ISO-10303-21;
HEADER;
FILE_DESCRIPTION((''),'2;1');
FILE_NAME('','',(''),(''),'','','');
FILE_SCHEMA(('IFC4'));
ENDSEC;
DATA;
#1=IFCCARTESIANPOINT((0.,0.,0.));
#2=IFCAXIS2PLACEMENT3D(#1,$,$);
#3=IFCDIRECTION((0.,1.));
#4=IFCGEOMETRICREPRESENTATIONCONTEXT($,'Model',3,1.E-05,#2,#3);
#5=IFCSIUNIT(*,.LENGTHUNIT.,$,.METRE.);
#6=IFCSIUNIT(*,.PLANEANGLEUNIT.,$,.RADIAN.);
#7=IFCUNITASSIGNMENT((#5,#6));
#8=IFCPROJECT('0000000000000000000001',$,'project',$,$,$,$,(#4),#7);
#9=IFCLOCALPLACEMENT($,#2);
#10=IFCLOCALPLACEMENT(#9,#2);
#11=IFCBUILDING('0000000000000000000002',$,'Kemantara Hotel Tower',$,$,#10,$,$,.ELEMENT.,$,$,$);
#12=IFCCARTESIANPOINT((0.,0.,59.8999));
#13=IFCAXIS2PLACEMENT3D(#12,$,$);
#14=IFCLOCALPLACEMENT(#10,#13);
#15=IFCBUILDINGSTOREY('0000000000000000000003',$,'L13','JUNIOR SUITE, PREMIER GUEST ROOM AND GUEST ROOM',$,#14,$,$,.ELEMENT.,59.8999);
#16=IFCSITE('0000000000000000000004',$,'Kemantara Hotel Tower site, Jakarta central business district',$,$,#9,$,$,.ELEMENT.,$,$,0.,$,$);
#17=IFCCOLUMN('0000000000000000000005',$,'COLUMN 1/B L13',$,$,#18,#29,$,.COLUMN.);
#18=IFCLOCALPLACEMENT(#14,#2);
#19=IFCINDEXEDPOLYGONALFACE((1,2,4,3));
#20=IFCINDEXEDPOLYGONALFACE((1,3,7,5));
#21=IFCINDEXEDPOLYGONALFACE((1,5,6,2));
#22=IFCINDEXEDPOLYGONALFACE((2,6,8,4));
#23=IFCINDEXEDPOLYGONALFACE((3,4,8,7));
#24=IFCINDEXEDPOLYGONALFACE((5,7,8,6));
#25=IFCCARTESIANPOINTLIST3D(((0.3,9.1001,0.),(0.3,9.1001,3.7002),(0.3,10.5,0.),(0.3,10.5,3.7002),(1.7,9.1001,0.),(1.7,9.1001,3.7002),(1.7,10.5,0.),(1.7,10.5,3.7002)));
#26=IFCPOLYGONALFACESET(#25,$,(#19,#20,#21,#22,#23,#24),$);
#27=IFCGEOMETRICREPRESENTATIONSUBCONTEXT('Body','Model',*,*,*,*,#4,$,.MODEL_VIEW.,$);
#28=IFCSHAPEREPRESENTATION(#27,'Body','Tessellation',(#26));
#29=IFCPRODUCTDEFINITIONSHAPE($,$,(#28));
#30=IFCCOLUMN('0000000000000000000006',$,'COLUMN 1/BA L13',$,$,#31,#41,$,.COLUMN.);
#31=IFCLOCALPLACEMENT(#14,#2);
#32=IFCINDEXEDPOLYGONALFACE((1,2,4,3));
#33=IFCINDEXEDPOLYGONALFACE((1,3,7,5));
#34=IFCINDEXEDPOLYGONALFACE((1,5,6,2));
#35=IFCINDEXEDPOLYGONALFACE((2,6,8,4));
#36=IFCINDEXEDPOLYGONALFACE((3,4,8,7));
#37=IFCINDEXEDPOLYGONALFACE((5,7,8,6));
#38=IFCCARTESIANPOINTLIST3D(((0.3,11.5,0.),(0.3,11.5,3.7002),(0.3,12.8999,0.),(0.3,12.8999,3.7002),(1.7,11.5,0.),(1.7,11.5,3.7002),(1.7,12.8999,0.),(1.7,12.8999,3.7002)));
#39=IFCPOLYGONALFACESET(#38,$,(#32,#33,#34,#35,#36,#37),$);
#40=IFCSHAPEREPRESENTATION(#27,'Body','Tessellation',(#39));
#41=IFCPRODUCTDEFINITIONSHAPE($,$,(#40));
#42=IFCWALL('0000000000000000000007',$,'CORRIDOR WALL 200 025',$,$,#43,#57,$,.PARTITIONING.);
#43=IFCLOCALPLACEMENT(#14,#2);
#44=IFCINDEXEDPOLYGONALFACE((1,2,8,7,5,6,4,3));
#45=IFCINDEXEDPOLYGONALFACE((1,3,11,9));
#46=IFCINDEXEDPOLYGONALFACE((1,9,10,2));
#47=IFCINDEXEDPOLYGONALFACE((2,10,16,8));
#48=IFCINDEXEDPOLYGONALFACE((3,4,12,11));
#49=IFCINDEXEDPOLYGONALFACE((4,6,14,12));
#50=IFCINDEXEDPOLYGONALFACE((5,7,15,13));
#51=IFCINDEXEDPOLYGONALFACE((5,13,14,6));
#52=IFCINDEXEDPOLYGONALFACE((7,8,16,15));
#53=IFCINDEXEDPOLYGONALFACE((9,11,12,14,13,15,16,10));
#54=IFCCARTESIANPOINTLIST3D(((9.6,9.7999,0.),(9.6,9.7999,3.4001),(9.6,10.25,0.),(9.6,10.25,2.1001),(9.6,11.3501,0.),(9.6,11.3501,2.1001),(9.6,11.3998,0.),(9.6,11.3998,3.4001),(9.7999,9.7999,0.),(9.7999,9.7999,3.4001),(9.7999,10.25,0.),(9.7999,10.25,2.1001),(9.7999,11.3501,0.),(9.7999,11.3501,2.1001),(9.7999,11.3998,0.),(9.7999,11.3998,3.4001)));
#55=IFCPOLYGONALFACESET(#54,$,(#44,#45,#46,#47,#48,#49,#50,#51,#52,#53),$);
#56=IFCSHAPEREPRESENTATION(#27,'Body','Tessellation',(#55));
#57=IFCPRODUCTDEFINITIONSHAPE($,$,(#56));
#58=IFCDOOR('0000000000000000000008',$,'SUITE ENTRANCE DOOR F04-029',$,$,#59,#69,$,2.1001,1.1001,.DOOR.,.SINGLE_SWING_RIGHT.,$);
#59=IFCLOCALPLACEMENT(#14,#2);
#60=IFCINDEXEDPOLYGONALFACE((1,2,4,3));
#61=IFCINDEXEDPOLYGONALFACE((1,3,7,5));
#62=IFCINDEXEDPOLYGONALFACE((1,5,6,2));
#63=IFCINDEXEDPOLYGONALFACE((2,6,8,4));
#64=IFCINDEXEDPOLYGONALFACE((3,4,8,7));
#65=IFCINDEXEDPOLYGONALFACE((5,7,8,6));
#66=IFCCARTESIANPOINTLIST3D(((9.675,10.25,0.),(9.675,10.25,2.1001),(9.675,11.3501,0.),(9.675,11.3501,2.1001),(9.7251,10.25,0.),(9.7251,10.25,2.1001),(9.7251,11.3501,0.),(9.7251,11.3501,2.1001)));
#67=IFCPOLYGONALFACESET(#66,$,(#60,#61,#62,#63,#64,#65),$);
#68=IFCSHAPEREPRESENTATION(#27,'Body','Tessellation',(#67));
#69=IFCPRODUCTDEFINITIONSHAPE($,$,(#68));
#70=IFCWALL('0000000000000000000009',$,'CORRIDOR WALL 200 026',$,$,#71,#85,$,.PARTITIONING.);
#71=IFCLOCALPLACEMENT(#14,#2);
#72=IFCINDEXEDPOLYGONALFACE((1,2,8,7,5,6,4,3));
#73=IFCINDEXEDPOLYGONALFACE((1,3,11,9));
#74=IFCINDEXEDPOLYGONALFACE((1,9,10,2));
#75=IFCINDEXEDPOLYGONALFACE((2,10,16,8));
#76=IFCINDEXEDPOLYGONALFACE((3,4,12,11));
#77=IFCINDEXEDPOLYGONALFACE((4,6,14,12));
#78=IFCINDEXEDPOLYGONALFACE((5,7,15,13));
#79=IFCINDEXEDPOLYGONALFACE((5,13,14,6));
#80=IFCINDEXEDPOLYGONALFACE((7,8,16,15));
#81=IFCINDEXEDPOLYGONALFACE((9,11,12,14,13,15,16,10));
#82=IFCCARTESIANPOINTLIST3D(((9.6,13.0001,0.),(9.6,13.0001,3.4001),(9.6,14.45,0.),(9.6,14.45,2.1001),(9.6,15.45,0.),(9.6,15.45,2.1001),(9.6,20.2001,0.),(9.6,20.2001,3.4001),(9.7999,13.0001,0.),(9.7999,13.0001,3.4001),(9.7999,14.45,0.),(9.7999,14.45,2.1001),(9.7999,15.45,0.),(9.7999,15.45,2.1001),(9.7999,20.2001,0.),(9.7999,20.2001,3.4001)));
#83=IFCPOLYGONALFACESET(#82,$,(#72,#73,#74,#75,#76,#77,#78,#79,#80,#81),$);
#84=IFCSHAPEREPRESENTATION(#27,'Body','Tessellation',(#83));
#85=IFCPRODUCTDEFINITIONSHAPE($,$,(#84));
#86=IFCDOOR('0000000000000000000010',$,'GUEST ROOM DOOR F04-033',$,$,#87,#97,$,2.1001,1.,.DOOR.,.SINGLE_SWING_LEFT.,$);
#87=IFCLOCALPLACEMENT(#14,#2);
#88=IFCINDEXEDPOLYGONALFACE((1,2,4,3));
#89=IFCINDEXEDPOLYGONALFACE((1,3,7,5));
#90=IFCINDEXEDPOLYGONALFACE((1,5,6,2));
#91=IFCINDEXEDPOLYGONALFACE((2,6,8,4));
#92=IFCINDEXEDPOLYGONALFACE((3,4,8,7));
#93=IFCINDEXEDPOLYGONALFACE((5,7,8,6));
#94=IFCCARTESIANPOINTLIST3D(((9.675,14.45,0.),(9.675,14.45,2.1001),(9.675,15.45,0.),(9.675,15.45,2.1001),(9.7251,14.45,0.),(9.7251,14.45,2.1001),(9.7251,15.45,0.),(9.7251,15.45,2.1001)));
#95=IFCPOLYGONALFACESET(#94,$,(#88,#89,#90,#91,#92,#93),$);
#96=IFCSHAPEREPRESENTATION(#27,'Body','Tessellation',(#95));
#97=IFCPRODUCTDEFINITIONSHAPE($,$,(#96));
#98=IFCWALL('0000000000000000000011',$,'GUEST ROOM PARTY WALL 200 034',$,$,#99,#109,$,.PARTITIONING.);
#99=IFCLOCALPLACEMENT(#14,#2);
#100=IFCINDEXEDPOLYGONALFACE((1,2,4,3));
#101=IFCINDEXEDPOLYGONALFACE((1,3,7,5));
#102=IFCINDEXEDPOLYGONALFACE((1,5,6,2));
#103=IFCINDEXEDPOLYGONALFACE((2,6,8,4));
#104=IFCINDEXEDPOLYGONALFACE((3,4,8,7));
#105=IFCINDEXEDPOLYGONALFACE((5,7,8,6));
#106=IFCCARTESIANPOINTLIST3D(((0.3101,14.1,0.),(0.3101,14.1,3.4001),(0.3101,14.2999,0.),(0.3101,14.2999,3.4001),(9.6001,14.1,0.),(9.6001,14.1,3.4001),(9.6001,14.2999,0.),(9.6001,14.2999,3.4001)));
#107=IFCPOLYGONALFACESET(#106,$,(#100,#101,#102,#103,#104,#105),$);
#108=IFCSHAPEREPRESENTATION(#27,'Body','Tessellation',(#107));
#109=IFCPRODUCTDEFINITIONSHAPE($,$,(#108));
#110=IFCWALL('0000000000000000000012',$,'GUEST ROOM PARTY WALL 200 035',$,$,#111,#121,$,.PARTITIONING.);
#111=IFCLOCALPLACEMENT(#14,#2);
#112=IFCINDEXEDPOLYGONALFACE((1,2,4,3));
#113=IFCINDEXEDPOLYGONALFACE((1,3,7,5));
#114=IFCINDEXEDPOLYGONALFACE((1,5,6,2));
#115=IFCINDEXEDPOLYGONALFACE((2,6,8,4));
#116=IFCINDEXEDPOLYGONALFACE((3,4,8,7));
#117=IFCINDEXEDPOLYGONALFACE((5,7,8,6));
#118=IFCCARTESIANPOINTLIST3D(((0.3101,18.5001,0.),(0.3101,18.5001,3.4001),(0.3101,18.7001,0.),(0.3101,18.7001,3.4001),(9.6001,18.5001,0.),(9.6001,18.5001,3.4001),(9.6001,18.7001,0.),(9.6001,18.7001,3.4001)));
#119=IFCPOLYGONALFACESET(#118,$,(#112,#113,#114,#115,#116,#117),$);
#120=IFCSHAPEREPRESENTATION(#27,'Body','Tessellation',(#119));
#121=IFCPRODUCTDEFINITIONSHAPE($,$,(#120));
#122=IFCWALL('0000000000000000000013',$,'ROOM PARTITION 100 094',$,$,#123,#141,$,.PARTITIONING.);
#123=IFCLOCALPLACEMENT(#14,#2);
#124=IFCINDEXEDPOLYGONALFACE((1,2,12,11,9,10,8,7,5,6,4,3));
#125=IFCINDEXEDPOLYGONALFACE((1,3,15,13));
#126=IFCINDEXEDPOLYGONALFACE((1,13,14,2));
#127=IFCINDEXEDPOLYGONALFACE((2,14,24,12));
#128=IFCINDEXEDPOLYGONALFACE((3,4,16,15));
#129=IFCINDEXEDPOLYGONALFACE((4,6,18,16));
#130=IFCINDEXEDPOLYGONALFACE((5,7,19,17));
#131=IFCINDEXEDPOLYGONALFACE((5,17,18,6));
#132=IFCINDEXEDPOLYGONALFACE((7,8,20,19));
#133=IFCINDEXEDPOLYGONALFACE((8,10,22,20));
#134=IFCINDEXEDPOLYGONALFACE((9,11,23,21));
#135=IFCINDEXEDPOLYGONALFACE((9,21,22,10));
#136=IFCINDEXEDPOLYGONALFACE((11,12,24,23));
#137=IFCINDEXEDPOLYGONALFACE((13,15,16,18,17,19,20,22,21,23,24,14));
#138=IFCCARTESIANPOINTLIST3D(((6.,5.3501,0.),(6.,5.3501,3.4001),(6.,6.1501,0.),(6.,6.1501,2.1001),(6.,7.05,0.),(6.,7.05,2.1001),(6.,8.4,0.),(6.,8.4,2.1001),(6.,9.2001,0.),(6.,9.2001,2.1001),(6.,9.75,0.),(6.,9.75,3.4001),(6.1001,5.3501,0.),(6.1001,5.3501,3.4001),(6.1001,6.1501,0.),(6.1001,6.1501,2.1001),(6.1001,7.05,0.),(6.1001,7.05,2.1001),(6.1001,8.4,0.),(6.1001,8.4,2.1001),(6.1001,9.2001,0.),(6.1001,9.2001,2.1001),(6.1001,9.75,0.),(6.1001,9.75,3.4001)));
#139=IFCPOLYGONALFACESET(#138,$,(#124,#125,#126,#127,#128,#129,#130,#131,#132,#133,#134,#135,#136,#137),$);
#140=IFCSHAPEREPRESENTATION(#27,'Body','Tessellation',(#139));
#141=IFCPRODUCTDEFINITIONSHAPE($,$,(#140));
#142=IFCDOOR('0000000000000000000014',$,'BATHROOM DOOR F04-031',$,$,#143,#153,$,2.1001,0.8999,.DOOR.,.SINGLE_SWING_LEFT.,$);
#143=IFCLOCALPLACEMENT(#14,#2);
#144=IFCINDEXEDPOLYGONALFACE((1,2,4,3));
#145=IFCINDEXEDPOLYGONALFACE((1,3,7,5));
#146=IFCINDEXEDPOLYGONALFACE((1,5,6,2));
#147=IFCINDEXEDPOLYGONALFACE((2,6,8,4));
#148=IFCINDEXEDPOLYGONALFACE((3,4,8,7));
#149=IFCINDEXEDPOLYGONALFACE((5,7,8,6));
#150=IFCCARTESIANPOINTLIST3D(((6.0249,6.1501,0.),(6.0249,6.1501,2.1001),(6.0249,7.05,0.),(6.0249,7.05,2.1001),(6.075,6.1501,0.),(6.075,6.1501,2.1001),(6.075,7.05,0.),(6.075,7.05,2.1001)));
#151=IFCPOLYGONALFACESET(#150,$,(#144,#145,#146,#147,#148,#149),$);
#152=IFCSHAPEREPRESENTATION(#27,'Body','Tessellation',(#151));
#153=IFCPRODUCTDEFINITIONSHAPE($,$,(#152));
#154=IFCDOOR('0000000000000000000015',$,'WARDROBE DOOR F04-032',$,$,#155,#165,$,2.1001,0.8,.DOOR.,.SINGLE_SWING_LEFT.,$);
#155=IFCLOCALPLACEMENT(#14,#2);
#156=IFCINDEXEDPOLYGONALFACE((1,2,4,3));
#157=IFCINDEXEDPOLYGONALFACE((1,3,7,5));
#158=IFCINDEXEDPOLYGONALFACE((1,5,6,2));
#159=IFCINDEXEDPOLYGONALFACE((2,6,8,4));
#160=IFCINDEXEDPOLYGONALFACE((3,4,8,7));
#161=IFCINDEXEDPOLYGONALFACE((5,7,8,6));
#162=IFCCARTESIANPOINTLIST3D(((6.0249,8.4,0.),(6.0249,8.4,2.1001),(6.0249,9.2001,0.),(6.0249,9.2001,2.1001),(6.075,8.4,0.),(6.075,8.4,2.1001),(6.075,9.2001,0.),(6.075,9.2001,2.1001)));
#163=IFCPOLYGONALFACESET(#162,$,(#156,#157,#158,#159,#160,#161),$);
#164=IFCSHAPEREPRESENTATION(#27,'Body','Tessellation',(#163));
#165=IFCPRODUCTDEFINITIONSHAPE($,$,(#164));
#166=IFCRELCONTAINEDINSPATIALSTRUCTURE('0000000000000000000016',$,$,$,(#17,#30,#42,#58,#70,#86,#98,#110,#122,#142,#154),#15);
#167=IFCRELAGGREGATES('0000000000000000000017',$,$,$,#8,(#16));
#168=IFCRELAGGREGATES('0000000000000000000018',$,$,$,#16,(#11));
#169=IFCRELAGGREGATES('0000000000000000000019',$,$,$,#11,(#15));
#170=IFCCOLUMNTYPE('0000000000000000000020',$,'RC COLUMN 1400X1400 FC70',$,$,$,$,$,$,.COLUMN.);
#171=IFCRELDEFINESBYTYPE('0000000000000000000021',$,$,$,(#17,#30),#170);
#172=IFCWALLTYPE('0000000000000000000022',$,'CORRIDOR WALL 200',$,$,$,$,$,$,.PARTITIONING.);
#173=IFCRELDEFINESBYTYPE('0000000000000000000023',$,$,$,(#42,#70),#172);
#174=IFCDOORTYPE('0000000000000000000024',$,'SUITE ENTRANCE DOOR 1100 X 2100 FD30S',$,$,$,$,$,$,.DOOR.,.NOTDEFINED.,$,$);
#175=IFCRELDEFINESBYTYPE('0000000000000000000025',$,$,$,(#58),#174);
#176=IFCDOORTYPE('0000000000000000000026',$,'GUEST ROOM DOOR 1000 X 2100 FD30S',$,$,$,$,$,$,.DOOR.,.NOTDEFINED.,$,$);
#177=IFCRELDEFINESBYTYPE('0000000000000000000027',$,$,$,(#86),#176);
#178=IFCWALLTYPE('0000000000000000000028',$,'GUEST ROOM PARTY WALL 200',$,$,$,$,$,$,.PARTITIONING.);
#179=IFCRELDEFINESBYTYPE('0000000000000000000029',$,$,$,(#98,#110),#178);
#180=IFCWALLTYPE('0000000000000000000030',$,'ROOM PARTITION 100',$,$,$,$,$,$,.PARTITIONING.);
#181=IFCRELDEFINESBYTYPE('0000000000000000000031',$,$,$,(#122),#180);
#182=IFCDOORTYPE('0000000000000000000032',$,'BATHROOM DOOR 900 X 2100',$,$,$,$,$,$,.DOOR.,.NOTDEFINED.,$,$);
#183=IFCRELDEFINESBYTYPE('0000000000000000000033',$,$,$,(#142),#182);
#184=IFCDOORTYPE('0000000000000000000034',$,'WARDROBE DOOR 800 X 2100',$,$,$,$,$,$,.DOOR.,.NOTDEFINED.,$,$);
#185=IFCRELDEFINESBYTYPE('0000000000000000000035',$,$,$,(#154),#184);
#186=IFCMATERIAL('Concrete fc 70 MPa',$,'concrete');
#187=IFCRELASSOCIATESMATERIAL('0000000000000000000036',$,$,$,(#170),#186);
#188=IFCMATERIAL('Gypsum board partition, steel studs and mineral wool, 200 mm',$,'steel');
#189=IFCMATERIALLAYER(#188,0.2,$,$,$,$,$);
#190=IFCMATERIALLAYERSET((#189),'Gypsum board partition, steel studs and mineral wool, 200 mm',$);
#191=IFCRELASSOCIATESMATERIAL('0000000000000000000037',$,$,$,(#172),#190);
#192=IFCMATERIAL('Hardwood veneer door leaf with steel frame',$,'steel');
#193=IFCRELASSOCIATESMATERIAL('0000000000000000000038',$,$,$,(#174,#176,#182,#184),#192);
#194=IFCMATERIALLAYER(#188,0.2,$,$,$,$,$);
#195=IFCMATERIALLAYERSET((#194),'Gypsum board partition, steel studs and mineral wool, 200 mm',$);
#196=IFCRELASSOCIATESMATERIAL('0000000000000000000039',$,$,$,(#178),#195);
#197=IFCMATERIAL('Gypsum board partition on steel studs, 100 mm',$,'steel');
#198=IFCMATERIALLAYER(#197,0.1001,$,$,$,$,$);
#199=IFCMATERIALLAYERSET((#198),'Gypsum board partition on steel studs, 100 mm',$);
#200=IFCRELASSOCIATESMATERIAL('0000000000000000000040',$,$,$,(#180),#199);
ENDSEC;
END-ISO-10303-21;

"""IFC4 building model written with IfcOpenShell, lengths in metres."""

from ifc_helpers import new_model, si_unit, direction, frame, frame_2d, origin, origin_2d, place, context, subcontext, project, spatial, rectangle, extrude, material, layer, layer_set, material_profile, profile_set, type_object, element, fill, save


model = new_model("IFC4")

# Units and contexts
model_context = context("Model", 3, precision=1e-05, world=origin(), true_north=direction((0.0, 1.0)))
body_context = subcontext(model_context, "Body", "Model", "MODEL_VIEW")
ifc_project = project(units=[si_unit("LENGTHUNIT", "METRE"), si_unit("PLANEANGLEUNIT", "RADIAN")], contexts=[model_context])

# Site, building, storey
site_placement = place(None, origin())
site = spatial("IfcSite", under=ifc_project, at=site_placement, Name="Kemantara Hotel Tower site, Jakarta central business district", CompositionType="ELEMENT", RefElevation=0.0)
building_placement = place(site_placement, origin())
building = spatial("IfcBuilding", under=site, at=building_placement, Name="Kemantara Hotel Tower", CompositionType="ELEMENT")
storey_placement = place(building_placement, frame((0.0, 0.0, 59.8999)))
storey = spatial("IfcBuildingStorey", under=building, at=storey_placement, Name="L13", Description="JUNIOR SUITE, PREMIER GUEST ROOM AND GUEST ROOM", CompositionType="ELEMENT", Elevation=59.8999)

# Columns
ifc_material_1 = material(Name="Concrete fc 70 MPa", Category="concrete")
ifc_material_profile = material_profile(ifc_material_1, rectangle(XDim=1.3999, YDim=1.3999, at=origin_2d()), Name="RC 1400X1400")
ifc_profile_set = profile_set([ifc_material_profile], Name="Concrete fc 70 MPa")
column_type = type_object("IfcColumnType", Name="RC COLUMN 1400X1400 FC70", PredefinedType="COLUMN", material=ifc_profile_set)
for number, where, z_axis, x_axis, name in (
    (1, (1.0, 9.8, 0.0), (0.0, 0.0, 1.0), (1.0, 0.0, 0.0), "COLUMN 1/B L13"),
    (2, (1.0, 12.2, 0.0), (0.0, 0.0, 1.0), (1.0, 0.0, 0.0), "COLUMN 1/BA L13"),
):
    element("IfcColumn", number, at=place(storey_placement, frame(where, z_axis=z_axis, x_axis=x_axis)), inside=storey, type_object=column_type, Name=name, PredefinedType="COLUMN", context=body_context, shape_type="SweptSolid", body=[
        extrude(rectangle(XDim=1.3999, YDim=1.3999, at=origin_2d()), origin(), (0.0, 0.0, 1.0), 3.7002),
    ])

# Walls, openings, doors
ifc_material_2 = material(Name="Gypsum board partition, steel studs and mineral wool, 200 mm", Category="steel")
ifc_layer_1 = layer(ifc_material_2, 0.2)
ifc_layer_set_1 = layer_set([ifc_layer_1], Name="Gypsum board partition, steel studs and mineral wool, 200 mm")
wall_type_1 = type_object("IfcWallType", Name="CORRIDOR WALL 200", PredefinedType="PARTITIONING", material=ifc_layer_set_1)
wall_1_placement = place(storey_placement, frame((9.7, 9.8, 0.0), z_axis=(0.0, 0.0, 1.0), x_axis=(0.0, 1.0, 0.0)))
wall_1 = element("IfcWall", 3, at=wall_1_placement, inside=storey, type_object=wall_type_1, Name="CORRIDOR WALL 200 025", PredefinedType="PARTITIONING", context=body_context, shape_type="SweptSolid", body=[
    extrude(rectangle(XDim=1.5999, YDim=0.2, at=frame_2d((0.7998, 0.0))), origin(), (0.0, 0.0, 1.0), 3.4001),
])
opening_1_placement = place(wall_1_placement, frame((0.45, 0.0, 0.0)))
opening_1 = element("IfcOpeningElement", 4, at=opening_1_placement, cuts=wall_1, PredefinedType="OPENING", context=body_context, shape_type="SweptSolid", body=[
    extrude(rectangle(XDim=1.1001, YDim=2.1001, at=frame_2d((0.55, 1.05))), frame((0.0, 0.1099, 0.0), z_axis=(0.0, -1.0, 0.0), x_axis=(1.0, 0.0, 0.0)), (0.0, 0.0, 1.0), 0.22),
])
ifc_material_3 = material(Name="Hardwood veneer door leaf with steel frame", Category="steel")
door_type_1 = type_object("IfcDoorType", Name="SUITE ENTRANCE DOOR 1100 X 2100 FD30S", OperationType="NOTDEFINED", PredefinedType="DOOR", material=ifc_material_3)
door_1_placement = place(opening_1_placement, origin())
door_1 = element("IfcDoor", 5, at=door_1_placement, inside=storey, type_object=door_type_1, Name="SUITE ENTRANCE DOOR F04-029", OperationType="SINGLE_SWING_RIGHT", OverallHeight=2.1001, OverallWidth=1.1001, PredefinedType="DOOR", context=body_context, shape_type="SweptSolid", body=[
    extrude(rectangle(XDim=1.1001, YDim=2.1001, at=frame_2d((0.55, 1.05))), frame((0.0, 0.0249, 0.0), z_axis=(0.0, -1.0, 0.0), x_axis=(1.0, 0.0, 0.0)), (0.0, 0.0, 1.0), 0.05),
])
fill(opening_1, door_1)
wall_2_placement = place(storey_placement, frame((9.7, 13.0, 0.0), z_axis=(0.0, 0.0, 1.0), x_axis=(0.0, 1.0, 0.0)))
wall_2 = element("IfcWall", 6, at=wall_2_placement, inside=storey, type_object=wall_type_1, Name="CORRIDOR WALL 200 026", PredefinedType="PARTITIONING", context=body_context, shape_type="SweptSolid", body=[
    extrude(rectangle(XDim=7.2, YDim=0.2, at=frame_2d((3.6001, 0.0))), origin(), (0.0, 0.0, 1.0), 3.4001),
])
opening_2_placement = place(wall_2_placement, frame((1.45, 0.0, 0.0)))
opening_2 = element("IfcOpeningElement", 7, at=opening_2_placement, cuts=wall_2, PredefinedType="OPENING", context=body_context, shape_type="SweptSolid", body=[
    extrude(rectangle(XDim=1.0, YDim=2.1001, at=frame_2d((0.5, 1.05))), frame((0.0, 0.1099, 0.0), z_axis=(0.0, -1.0, 0.0), x_axis=(1.0, 0.0, 0.0)), (0.0, 0.0, 1.0), 0.22),
])
door_type_2 = type_object("IfcDoorType", Name="GUEST ROOM DOOR 1000 X 2100 FD30S", OperationType="NOTDEFINED", PredefinedType="DOOR", material=ifc_material_3)
door_2_placement = place(opening_2_placement, origin())
door_2 = element("IfcDoor", 8, at=door_2_placement, inside=storey, type_object=door_type_2, Name="GUEST ROOM DOOR F04-033", OperationType="SINGLE_SWING_LEFT", OverallHeight=2.1001, OverallWidth=1.0, PredefinedType="DOOR", context=body_context, shape_type="SweptSolid", body=[
    extrude(rectangle(XDim=1.0, YDim=2.1001, at=frame_2d((0.5, 1.05))), frame((0.0, 0.0249, 0.0), z_axis=(0.0, -1.0, 0.0), x_axis=(1.0, 0.0, 0.0)), (0.0, 0.0, 1.0), 0.05),
])
fill(opening_2, door_2)

# Walls
ifc_layer_2 = layer(ifc_material_2, 0.2)
ifc_layer_set_2 = layer_set([ifc_layer_2], Name="Gypsum board partition, steel studs and mineral wool, 200 mm")
wall_type_2 = type_object("IfcWallType", Name="GUEST ROOM PARTY WALL 200", PredefinedType="PARTITIONING", material=ifc_layer_set_2)
for number, where, z_axis, x_axis, name in (
    (9, (0.3101, 14.2, 0.0), (0.0, 0.0, 1.0), (1.0, 0.0, 0.0), "GUEST ROOM PARTY WALL 200 034"),
    (10, (0.3101, 18.6001, 0.0), (0.0, 0.0, 1.0), (1.0, 0.0, 0.0), "GUEST ROOM PARTY WALL 200 035"),
):
    element("IfcWall", number, at=place(storey_placement, frame(where, z_axis=z_axis, x_axis=x_axis)), inside=storey, type_object=wall_type_2, Name=name, PredefinedType="PARTITIONING", context=body_context, shape_type="SweptSolid", body=[
        extrude(rectangle(XDim=9.29, YDim=0.2, at=frame_2d((4.645, 0.0))), origin(), (0.0, 0.0, 1.0), 3.4001),
    ])

# Wall, openings, doors
ifc_material_4 = material(Name="Gypsum board partition on steel studs, 100 mm", Category="steel")
ifc_layer_3 = layer(ifc_material_4, 0.1001)
ifc_layer_set_3 = layer_set([ifc_layer_3], Name="Gypsum board partition on steel studs, 100 mm")
wall_type_3 = type_object("IfcWallType", Name="ROOM PARTITION 100", PredefinedType="PARTITIONING", material=ifc_layer_set_3)
wall_3_placement = place(storey_placement, frame((6.05, 9.75, 0.0), z_axis=(0.0, 0.0, 1.0), x_axis=(0.0, -1.0, 0.0)))
wall_3 = element("IfcWall", 11, at=wall_3_placement, inside=storey, type_object=wall_type_3, Name="ROOM PARTITION 100 094", PredefinedType="PARTITIONING", context=body_context, shape_type="SweptSolid", body=[
    extrude(rectangle(XDim=4.3999, YDim=0.1001, at=frame_2d((2.2, 0.0))), origin(), (0.0, 0.0, 1.0), 3.4001),
])
opening_3_placement = place(wall_3_placement, frame((2.7, 0.0, 0.0)))
opening_3 = element("IfcOpeningElement", 12, at=opening_3_placement, cuts=wall_3, PredefinedType="OPENING", context=body_context, shape_type="SweptSolid", body=[
    extrude(rectangle(XDim=0.8999, YDim=2.1001, at=frame_2d((0.45, 1.05))), frame((0.0, 0.0601, 0.0), z_axis=(0.0, -1.0, 0.0), x_axis=(1.0, 0.0, 0.0)), (0.0, 0.0, 1.0), 0.1201),
])
opening_4_placement = place(wall_3_placement, frame((0.55, 0.0, 0.0)))
opening_4 = element("IfcOpeningElement", 13, at=opening_4_placement, cuts=wall_3, PredefinedType="OPENING", context=body_context, shape_type="SweptSolid", body=[
    extrude(rectangle(XDim=0.8, YDim=2.1001, at=frame_2d((0.3999, 1.05))), frame((0.0, 0.0601, 0.0), z_axis=(0.0, -1.0, 0.0), x_axis=(1.0, 0.0, 0.0)), (0.0, 0.0, 1.0), 0.1201),
])
door_type_3 = type_object("IfcDoorType", Name="BATHROOM DOOR 900 X 2100", OperationType="NOTDEFINED", PredefinedType="DOOR", material=ifc_material_3)
door_3_placement = place(opening_3_placement, origin())
door_3 = element("IfcDoor", 14, at=door_3_placement, inside=storey, type_object=door_type_3, Name="BATHROOM DOOR F04-031", OperationType="SINGLE_SWING_LEFT", OverallHeight=2.1001, OverallWidth=0.8999, PredefinedType="DOOR", context=body_context, shape_type="SweptSolid", body=[
    extrude(rectangle(XDim=0.8999, YDim=2.1001, at=frame_2d((0.45, 1.05))), frame((0.0, 0.0249, 0.0), z_axis=(0.0, -1.0, 0.0), x_axis=(1.0, 0.0, 0.0)), (0.0, 0.0, 1.0), 0.05),
])
fill(opening_3, door_3)
door_type_4 = type_object("IfcDoorType", Name="WARDROBE DOOR 800 X 2100", OperationType="NOTDEFINED", PredefinedType="DOOR", material=ifc_material_3)
door_4_placement = place(opening_4_placement, origin())
door_4 = element("IfcDoor", 15, at=door_4_placement, inside=storey, type_object=door_type_4, Name="WARDROBE DOOR F04-032", OperationType="SINGLE_SWING_LEFT", OverallHeight=2.1001, OverallWidth=0.8, PredefinedType="DOOR", context=body_context, shape_type="SweptSolid", body=[
    extrude(rectangle(XDim=0.8, YDim=2.1001, at=frame_2d((0.3999, 1.05))), frame((0.0, 0.0249, 0.0), z_axis=(0.0, -1.0, 0.0), x_axis=(1.0, 0.0, 0.0)), (0.0, 0.0, 1.0), 0.05),
])
fill(opening_4, door_4)

save(model, "model.ifc")
